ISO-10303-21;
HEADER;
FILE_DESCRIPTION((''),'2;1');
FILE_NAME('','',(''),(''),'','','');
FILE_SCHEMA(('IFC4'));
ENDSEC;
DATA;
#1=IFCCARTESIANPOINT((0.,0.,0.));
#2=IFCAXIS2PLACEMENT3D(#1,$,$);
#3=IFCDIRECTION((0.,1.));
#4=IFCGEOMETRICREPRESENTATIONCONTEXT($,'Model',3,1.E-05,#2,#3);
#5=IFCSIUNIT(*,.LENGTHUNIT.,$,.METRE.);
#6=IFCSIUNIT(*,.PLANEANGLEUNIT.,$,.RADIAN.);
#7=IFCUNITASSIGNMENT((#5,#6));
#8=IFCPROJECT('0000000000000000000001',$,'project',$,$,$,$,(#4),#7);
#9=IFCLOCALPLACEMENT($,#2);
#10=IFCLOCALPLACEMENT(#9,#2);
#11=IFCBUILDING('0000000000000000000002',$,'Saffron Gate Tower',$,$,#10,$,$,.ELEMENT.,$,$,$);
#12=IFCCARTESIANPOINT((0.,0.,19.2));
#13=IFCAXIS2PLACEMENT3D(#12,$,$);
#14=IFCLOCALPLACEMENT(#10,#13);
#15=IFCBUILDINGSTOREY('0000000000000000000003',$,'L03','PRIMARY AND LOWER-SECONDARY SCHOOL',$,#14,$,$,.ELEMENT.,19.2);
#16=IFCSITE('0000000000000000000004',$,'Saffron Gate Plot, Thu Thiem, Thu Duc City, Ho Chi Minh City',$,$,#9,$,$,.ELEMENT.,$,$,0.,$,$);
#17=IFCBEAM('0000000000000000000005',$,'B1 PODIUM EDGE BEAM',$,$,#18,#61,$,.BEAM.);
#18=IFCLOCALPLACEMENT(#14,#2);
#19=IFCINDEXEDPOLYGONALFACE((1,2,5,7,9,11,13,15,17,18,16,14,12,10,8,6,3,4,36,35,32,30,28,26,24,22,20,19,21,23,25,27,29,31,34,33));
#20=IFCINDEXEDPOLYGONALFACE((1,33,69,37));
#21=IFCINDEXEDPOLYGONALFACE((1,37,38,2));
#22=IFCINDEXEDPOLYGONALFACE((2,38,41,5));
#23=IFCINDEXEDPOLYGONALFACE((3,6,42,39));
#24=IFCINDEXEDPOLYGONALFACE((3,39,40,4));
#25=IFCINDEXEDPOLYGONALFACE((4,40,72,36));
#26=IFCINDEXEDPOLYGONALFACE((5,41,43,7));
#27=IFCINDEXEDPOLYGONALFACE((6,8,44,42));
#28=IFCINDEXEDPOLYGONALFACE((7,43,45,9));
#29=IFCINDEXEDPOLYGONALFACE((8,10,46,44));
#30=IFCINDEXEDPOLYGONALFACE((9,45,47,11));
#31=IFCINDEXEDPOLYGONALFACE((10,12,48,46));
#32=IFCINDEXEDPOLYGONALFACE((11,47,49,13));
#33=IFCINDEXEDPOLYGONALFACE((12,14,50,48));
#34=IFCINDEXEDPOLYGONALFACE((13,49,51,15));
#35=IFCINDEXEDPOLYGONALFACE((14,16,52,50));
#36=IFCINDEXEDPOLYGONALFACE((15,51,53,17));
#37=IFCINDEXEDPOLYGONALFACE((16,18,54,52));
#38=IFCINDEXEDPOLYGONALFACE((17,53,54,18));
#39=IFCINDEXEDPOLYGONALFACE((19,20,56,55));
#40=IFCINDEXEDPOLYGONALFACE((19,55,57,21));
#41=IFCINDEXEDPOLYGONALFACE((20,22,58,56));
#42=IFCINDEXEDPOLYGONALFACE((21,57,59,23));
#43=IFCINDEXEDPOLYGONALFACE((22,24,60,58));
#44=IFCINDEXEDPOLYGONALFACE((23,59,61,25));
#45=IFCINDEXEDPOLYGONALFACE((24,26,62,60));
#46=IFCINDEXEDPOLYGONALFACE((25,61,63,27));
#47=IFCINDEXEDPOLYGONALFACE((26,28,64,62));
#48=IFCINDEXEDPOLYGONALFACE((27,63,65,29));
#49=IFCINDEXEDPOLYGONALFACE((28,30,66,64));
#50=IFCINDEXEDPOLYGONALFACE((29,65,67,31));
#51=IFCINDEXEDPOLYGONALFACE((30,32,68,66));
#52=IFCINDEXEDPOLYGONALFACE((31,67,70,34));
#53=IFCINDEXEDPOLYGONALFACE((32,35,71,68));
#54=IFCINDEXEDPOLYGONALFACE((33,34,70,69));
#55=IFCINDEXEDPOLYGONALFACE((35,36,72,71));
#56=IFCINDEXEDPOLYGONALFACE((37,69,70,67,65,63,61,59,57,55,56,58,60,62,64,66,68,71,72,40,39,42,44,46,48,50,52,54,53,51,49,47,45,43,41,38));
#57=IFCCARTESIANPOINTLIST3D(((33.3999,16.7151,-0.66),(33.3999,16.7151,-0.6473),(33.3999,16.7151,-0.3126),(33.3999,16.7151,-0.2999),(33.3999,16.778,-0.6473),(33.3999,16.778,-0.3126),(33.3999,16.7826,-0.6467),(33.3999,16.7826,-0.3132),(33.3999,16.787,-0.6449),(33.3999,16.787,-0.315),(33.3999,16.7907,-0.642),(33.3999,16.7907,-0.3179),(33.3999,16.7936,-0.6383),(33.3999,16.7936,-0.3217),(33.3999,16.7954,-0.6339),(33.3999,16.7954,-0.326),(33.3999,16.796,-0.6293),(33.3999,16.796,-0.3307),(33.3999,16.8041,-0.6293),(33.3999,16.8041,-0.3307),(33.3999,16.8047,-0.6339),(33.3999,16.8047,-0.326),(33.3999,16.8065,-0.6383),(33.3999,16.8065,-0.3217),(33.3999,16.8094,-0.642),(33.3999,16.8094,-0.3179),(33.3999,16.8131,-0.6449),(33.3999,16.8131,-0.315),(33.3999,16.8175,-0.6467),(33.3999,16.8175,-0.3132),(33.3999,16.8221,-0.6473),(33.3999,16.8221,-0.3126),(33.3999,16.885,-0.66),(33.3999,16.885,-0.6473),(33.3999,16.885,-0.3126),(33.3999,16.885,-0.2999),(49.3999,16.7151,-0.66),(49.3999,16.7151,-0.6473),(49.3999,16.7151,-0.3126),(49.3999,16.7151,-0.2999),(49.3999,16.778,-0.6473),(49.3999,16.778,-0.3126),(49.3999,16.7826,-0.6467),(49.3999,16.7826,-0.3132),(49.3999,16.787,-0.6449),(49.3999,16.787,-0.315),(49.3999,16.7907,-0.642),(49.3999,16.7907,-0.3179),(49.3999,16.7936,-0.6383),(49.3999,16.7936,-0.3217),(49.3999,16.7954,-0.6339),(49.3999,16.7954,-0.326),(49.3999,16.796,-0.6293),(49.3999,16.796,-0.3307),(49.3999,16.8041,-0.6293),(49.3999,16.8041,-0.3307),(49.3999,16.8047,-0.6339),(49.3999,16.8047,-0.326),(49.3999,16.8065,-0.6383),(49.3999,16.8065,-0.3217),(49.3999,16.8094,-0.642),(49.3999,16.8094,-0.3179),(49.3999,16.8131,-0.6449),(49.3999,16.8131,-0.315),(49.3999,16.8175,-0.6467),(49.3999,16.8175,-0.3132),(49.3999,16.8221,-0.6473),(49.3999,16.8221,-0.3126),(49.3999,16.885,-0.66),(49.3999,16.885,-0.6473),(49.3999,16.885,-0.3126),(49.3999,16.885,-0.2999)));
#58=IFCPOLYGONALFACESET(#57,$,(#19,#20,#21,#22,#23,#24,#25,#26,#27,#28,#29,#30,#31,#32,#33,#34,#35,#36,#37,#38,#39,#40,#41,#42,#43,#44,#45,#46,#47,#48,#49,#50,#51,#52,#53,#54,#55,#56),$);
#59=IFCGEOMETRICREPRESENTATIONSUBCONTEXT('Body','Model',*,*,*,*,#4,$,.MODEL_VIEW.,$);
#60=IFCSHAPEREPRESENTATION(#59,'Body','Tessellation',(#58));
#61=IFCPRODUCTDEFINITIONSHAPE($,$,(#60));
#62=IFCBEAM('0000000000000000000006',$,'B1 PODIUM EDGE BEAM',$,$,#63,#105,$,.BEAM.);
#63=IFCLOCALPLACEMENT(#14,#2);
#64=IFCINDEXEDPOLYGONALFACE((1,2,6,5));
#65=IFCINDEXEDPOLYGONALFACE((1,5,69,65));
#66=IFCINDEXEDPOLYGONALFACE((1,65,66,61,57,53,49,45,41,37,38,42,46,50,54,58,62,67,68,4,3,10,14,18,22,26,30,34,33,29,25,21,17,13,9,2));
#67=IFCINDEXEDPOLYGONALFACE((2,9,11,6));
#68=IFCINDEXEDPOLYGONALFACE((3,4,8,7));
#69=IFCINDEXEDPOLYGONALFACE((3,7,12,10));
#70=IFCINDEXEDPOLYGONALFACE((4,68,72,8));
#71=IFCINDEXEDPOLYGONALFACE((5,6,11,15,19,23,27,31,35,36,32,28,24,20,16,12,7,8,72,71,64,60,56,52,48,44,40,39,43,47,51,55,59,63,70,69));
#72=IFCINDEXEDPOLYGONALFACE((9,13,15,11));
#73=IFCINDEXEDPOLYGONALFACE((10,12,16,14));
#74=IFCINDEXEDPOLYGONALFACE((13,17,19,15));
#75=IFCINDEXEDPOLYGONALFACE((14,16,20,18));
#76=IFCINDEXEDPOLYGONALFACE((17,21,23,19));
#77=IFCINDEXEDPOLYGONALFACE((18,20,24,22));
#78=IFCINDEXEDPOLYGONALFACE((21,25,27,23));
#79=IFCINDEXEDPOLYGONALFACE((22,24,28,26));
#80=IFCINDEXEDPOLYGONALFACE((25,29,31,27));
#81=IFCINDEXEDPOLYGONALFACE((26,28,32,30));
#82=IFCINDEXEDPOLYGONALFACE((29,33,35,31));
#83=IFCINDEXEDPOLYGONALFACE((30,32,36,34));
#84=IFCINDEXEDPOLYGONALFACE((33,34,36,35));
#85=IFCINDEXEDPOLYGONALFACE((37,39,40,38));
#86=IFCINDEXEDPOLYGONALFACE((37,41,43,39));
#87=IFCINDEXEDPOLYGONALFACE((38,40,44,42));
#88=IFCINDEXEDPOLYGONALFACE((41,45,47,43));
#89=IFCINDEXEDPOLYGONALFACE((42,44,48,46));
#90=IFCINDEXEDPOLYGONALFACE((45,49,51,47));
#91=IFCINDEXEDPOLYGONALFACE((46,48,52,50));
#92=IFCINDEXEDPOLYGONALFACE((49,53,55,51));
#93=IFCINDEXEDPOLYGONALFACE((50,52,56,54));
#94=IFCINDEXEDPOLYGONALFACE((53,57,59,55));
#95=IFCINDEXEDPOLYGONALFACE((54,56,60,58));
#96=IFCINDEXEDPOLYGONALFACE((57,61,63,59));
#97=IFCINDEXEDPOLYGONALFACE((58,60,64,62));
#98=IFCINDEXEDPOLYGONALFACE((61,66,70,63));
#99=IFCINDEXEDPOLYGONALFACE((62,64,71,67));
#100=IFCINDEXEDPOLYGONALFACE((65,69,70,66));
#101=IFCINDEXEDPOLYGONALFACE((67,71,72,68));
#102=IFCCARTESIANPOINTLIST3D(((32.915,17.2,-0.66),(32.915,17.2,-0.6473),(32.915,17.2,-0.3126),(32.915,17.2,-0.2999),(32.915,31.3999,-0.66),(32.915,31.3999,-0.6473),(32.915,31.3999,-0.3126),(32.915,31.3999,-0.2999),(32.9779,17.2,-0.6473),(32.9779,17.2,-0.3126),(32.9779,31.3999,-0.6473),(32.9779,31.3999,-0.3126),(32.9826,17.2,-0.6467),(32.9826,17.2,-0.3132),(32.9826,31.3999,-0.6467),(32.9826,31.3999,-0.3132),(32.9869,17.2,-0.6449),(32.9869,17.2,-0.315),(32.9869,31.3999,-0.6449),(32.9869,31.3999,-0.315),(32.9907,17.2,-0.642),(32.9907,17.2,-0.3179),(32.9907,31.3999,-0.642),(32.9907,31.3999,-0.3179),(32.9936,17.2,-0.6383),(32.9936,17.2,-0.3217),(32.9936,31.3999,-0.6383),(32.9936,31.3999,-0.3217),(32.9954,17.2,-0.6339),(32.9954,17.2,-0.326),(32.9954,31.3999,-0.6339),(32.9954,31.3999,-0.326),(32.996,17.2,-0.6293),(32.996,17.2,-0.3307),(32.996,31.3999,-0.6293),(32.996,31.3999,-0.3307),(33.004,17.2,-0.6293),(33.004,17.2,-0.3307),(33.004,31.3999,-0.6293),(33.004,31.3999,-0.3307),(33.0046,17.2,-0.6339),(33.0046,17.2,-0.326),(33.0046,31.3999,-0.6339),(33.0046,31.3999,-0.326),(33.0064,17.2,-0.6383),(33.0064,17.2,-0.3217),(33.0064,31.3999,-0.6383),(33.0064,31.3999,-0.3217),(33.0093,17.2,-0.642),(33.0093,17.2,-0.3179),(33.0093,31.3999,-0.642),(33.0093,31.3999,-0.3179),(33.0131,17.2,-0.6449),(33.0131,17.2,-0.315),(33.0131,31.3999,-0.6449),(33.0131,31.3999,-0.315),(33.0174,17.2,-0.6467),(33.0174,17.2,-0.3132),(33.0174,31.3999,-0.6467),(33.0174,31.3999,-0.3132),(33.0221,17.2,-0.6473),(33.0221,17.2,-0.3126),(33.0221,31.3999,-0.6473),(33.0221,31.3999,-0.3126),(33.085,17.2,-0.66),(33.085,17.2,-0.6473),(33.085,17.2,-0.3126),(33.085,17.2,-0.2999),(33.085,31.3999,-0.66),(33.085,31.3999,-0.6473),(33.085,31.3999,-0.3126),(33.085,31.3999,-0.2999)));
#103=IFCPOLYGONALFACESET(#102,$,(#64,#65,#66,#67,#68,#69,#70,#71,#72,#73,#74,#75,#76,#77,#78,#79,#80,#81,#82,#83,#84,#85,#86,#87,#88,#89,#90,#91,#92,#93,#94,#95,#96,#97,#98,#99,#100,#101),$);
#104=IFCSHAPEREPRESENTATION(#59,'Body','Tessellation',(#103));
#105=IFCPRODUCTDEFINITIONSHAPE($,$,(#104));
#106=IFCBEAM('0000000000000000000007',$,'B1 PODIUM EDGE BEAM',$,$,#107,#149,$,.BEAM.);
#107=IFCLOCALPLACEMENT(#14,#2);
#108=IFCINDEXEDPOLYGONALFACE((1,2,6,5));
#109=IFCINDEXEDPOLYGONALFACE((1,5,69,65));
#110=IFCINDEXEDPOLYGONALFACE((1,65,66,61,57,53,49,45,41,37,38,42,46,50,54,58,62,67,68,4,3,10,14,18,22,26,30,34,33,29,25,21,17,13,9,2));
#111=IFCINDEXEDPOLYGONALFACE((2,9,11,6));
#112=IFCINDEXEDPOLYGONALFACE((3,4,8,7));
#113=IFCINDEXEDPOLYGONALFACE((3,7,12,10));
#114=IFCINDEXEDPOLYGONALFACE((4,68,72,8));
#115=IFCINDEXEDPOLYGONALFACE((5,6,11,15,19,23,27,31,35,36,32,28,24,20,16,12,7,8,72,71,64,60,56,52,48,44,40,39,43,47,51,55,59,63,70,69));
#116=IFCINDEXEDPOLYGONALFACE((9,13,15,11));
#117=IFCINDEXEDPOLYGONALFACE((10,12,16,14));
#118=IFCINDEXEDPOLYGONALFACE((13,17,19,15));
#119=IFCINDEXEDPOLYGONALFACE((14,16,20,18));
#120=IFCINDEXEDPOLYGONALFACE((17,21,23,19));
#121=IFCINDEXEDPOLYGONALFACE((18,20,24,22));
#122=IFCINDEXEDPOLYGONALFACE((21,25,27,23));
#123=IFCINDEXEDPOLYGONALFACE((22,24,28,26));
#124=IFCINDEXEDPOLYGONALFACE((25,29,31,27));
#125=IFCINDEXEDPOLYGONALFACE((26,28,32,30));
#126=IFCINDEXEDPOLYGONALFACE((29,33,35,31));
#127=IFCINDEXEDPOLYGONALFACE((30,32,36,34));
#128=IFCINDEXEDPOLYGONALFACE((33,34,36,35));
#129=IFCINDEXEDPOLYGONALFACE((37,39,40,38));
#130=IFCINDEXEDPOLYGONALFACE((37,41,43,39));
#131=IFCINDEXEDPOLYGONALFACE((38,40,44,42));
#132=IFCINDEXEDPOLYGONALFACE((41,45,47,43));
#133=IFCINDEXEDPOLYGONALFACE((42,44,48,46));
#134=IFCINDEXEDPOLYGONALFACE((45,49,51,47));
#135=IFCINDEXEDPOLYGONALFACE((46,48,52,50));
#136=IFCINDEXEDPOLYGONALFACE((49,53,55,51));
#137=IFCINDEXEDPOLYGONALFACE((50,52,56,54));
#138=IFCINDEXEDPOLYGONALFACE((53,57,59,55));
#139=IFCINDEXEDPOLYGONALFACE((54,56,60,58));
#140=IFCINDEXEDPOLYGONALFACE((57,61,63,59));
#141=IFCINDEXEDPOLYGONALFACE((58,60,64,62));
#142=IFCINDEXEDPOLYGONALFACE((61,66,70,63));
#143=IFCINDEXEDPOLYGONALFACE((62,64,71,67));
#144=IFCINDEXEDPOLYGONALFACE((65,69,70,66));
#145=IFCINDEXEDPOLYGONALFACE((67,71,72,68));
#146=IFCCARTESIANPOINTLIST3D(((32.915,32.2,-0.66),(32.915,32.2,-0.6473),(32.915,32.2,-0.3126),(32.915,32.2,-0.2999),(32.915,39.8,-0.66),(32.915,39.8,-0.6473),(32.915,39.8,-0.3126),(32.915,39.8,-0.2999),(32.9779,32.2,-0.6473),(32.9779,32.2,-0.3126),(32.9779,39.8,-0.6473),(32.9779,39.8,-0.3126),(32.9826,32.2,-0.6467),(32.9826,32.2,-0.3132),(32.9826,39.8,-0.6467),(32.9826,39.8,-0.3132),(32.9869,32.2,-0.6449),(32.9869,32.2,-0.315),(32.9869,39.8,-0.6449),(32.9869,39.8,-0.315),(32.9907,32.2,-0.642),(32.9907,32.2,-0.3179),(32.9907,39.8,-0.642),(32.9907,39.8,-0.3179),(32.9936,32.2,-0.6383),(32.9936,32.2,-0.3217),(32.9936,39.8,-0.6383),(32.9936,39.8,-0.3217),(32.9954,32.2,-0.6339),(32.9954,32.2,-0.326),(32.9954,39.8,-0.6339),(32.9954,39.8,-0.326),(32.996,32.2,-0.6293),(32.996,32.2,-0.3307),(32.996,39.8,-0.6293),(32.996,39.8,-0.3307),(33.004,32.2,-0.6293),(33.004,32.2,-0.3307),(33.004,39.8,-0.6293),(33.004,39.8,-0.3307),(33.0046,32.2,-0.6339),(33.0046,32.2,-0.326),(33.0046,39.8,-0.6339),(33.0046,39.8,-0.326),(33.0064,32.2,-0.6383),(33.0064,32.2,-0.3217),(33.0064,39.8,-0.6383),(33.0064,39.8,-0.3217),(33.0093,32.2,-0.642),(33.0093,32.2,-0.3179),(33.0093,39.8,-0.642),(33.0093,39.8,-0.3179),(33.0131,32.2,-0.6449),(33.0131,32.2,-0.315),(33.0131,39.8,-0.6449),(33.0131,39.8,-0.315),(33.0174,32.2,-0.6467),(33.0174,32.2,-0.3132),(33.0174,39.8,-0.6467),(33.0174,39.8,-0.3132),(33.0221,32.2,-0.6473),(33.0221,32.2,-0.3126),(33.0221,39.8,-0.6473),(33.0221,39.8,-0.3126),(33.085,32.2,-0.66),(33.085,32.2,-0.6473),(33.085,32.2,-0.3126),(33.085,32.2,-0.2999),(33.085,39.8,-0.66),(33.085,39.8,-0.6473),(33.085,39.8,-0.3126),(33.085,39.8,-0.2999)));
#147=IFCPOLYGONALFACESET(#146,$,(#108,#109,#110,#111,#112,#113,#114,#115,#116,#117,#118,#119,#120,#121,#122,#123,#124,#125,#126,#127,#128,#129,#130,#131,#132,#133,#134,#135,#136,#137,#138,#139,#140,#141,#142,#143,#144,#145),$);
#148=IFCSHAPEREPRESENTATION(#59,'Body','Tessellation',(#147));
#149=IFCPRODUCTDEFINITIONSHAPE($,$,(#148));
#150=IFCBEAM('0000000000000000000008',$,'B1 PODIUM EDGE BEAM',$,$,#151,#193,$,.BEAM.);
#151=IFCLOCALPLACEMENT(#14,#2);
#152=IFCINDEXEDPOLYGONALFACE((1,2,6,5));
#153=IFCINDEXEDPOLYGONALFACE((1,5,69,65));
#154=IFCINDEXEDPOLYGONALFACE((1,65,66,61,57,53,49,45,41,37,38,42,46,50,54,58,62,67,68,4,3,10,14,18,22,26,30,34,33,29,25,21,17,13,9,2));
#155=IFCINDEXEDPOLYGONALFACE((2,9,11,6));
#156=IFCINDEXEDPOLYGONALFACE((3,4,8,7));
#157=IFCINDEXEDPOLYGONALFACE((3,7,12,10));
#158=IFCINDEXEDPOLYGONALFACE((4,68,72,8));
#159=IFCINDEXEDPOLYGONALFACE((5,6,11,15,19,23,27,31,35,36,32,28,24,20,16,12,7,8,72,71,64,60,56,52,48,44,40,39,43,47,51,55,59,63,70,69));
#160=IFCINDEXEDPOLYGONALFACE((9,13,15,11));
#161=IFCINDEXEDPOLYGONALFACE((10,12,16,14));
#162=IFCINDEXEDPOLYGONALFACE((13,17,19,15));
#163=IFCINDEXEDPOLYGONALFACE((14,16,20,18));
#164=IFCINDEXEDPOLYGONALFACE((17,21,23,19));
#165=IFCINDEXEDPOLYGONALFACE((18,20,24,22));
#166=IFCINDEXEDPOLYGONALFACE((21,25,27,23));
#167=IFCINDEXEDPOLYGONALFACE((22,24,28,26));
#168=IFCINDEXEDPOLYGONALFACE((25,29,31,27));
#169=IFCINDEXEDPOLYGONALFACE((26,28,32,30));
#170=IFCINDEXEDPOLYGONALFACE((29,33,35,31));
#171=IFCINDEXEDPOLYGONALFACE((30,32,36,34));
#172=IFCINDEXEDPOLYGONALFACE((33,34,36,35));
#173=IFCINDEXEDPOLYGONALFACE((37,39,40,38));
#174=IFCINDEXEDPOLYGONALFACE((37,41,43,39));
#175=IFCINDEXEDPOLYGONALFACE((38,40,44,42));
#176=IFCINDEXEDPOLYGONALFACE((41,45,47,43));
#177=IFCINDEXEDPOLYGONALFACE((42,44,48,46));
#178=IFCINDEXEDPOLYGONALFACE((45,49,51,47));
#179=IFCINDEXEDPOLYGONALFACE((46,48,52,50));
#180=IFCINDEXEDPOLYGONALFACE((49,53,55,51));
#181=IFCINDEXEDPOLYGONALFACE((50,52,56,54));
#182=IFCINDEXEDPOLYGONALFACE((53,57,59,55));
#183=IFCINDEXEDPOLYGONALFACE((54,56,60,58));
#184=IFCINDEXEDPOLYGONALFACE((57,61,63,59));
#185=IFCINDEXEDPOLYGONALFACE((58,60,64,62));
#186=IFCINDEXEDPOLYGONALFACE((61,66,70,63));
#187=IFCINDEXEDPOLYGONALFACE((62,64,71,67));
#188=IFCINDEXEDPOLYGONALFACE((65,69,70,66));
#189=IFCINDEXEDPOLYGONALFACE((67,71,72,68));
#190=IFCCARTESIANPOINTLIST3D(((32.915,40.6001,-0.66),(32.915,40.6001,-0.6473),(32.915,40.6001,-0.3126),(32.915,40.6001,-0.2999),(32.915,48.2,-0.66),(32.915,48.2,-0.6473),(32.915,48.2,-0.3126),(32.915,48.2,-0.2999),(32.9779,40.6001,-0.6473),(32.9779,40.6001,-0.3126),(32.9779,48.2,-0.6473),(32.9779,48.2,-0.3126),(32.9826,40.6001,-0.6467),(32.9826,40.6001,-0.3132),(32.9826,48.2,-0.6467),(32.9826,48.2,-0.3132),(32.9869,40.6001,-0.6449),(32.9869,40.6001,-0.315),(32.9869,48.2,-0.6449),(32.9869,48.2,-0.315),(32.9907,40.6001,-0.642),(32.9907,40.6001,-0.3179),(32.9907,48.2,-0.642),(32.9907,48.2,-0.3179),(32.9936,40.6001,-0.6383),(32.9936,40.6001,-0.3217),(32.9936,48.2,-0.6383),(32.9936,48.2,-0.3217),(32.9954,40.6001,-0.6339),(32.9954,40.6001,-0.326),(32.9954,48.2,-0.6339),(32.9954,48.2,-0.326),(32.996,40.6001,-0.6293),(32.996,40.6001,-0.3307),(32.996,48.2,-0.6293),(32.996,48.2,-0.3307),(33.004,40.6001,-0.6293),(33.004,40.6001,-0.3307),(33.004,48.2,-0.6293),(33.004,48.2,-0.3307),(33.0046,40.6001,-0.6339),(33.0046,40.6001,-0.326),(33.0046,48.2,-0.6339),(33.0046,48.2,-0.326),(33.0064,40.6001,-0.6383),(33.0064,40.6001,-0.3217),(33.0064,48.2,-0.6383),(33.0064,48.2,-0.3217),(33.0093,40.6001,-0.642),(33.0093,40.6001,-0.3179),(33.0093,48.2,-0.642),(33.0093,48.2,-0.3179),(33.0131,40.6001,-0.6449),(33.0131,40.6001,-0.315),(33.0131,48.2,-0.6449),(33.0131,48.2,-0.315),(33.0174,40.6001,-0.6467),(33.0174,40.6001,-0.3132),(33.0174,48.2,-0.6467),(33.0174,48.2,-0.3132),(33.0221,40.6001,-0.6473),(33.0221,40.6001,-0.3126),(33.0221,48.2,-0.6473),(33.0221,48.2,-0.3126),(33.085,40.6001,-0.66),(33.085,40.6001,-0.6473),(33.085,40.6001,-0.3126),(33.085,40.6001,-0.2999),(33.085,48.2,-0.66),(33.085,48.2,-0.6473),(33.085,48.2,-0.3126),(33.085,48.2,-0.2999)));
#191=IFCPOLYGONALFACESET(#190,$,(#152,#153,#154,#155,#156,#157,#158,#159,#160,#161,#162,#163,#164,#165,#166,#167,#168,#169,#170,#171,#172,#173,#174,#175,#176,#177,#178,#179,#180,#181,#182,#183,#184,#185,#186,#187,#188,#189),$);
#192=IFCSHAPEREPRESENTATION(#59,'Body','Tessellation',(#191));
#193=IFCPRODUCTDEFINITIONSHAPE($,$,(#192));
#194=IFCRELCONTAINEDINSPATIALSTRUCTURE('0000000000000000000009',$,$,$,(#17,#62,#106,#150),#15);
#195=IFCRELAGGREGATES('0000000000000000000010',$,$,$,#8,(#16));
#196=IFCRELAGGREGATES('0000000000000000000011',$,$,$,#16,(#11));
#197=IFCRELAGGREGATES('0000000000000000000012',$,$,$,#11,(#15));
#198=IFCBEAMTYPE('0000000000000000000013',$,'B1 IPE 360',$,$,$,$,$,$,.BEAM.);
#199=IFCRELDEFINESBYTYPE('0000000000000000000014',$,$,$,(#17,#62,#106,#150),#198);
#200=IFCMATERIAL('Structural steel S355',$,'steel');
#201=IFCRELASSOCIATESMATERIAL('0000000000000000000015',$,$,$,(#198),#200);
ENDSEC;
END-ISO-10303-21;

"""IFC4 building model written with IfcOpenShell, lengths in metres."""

from ifc_helpers import new_model, si_unit, direction, frame, origin, origin_2d, place, context, subcontext, project, spatial, i_section, extrude, material, material_profile, profile_set, type_object, element, save


model = new_model("IFC4")

# Units and contexts
model_context = context("Model", 3, precision=1e-05, world=origin(), true_north=direction((0.0, 1.0)))
body_context = subcontext(model_context, "Body", "Model", "MODEL_VIEW")
ifc_project = project(units=[si_unit("LENGTHUNIT", "METRE"), si_unit("PLANEANGLEUNIT", "RADIAN")], contexts=[model_context])

# Site, building, storey
site_placement = place(None, origin())
site = spatial("IfcSite", under=ifc_project, at=site_placement, Name="Saffron Gate Plot, Thu Thiem, Thu Duc City, Ho Chi Minh City", CompositionType="ELEMENT", RefElevation=0.0)
building_placement = place(site_placement, origin())
building = spatial("IfcBuilding", under=site, at=building_placement, Name="Saffron Gate Tower", CompositionType="ELEMENT")
storey_placement = place(building_placement, frame((0.0, 0.0, 19.2)))
storey = spatial("IfcBuildingStorey", under=building, at=storey_placement, Name="L03", Description="PRIMARY AND LOWER-SECONDARY SCHOOL", CompositionType="ELEMENT", Elevation=19.2)

# Beams
ifc_material_1 = material(Name="Structural steel S355", Category="steel")
ifc_material_profile = material_profile(ifc_material_1, i_section(OverallWidth=0.1699, OverallDepth=0.3601, WebThickness=0.0081, FlangeThickness=0.0127, FilletRadius=0.0181, at=origin_2d()))
ifc_profile_set = profile_set([ifc_material_profile], Name="Structural steel S355")
beam_type = type_object("IfcBeamType", Name="B1 IPE 360", PredefinedType="BEAM", material=ifc_profile_set)
beam_1_placement = place(storey_placement, frame((33.3999, 16.8, -0.48), z_axis=(1.0, 0.0, 0.0), x_axis=(0.0, 1.0, 0.0)))
element("IfcBeam", 1, at=beam_1_placement, inside=storey, type_object=beam_type, Name="B1 PODIUM EDGE BEAM", PredefinedType="BEAM", context=body_context, shape_type="SweptSolid", body=[
    extrude(i_section(OverallWidth=0.1699, OverallDepth=0.3601, WebThickness=0.0081, FlangeThickness=0.0127, FilletRadius=0.0181, at=origin_2d()), origin(), (0.0, 0.0, 1.0), 16.0),
])
beam_2_placement = place(storey_placement, frame((33.0, 17.2, -0.48), z_axis=(0.0, 1.0, 0.0), x_axis=(-1.0, 0.0, 0.0)))
element("IfcBeam", 2, at=beam_2_placement, inside=storey, type_object=beam_type, Name="B1 PODIUM EDGE BEAM", PredefinedType="BEAM", context=body_context, shape_type="SweptSolid", body=[
    extrude(i_section(OverallWidth=0.1699, OverallDepth=0.3601, WebThickness=0.0081, FlangeThickness=0.0127, FilletRadius=0.0181, at=origin_2d()), origin(), (0.0, 0.0, 1.0), 14.2),
])
beam_3_placement = place(storey_placement, frame((33.0, 32.2, -0.48), z_axis=(0.0, 1.0, 0.0), x_axis=(-1.0, 0.0, 0.0)))
element("IfcBeam", 3, at=beam_3_placement, inside=storey, type_object=beam_type, Name="B1 PODIUM EDGE BEAM", PredefinedType="BEAM", context=body_context, shape_type="SweptSolid", body=[
    extrude(i_section(OverallWidth=0.1699, OverallDepth=0.3601, WebThickness=0.0081, FlangeThickness=0.0127, FilletRadius=0.0181, at=origin_2d()), origin(), (0.0, 0.0, 1.0), 7.6001),
])
beam_4_placement = place(storey_placement, frame((33.0, 40.6001, -0.48), z_axis=(0.0, 1.0, 0.0), x_axis=(-1.0, 0.0, 0.0)))
element("IfcBeam", 4, at=beam_4_placement, inside=storey, type_object=beam_type, Name="B1 PODIUM EDGE BEAM", PredefinedType="BEAM", context=body_context, shape_type="SweptSolid", body=[
    extrude(i_section(OverallWidth=0.1699, OverallDepth=0.3601, WebThickness=0.0081, FlangeThickness=0.0127, FilletRadius=0.0181, at=origin_2d()), origin(), (0.0, 0.0, 1.0), 7.5999),
])

save(model, "model.ifc")
